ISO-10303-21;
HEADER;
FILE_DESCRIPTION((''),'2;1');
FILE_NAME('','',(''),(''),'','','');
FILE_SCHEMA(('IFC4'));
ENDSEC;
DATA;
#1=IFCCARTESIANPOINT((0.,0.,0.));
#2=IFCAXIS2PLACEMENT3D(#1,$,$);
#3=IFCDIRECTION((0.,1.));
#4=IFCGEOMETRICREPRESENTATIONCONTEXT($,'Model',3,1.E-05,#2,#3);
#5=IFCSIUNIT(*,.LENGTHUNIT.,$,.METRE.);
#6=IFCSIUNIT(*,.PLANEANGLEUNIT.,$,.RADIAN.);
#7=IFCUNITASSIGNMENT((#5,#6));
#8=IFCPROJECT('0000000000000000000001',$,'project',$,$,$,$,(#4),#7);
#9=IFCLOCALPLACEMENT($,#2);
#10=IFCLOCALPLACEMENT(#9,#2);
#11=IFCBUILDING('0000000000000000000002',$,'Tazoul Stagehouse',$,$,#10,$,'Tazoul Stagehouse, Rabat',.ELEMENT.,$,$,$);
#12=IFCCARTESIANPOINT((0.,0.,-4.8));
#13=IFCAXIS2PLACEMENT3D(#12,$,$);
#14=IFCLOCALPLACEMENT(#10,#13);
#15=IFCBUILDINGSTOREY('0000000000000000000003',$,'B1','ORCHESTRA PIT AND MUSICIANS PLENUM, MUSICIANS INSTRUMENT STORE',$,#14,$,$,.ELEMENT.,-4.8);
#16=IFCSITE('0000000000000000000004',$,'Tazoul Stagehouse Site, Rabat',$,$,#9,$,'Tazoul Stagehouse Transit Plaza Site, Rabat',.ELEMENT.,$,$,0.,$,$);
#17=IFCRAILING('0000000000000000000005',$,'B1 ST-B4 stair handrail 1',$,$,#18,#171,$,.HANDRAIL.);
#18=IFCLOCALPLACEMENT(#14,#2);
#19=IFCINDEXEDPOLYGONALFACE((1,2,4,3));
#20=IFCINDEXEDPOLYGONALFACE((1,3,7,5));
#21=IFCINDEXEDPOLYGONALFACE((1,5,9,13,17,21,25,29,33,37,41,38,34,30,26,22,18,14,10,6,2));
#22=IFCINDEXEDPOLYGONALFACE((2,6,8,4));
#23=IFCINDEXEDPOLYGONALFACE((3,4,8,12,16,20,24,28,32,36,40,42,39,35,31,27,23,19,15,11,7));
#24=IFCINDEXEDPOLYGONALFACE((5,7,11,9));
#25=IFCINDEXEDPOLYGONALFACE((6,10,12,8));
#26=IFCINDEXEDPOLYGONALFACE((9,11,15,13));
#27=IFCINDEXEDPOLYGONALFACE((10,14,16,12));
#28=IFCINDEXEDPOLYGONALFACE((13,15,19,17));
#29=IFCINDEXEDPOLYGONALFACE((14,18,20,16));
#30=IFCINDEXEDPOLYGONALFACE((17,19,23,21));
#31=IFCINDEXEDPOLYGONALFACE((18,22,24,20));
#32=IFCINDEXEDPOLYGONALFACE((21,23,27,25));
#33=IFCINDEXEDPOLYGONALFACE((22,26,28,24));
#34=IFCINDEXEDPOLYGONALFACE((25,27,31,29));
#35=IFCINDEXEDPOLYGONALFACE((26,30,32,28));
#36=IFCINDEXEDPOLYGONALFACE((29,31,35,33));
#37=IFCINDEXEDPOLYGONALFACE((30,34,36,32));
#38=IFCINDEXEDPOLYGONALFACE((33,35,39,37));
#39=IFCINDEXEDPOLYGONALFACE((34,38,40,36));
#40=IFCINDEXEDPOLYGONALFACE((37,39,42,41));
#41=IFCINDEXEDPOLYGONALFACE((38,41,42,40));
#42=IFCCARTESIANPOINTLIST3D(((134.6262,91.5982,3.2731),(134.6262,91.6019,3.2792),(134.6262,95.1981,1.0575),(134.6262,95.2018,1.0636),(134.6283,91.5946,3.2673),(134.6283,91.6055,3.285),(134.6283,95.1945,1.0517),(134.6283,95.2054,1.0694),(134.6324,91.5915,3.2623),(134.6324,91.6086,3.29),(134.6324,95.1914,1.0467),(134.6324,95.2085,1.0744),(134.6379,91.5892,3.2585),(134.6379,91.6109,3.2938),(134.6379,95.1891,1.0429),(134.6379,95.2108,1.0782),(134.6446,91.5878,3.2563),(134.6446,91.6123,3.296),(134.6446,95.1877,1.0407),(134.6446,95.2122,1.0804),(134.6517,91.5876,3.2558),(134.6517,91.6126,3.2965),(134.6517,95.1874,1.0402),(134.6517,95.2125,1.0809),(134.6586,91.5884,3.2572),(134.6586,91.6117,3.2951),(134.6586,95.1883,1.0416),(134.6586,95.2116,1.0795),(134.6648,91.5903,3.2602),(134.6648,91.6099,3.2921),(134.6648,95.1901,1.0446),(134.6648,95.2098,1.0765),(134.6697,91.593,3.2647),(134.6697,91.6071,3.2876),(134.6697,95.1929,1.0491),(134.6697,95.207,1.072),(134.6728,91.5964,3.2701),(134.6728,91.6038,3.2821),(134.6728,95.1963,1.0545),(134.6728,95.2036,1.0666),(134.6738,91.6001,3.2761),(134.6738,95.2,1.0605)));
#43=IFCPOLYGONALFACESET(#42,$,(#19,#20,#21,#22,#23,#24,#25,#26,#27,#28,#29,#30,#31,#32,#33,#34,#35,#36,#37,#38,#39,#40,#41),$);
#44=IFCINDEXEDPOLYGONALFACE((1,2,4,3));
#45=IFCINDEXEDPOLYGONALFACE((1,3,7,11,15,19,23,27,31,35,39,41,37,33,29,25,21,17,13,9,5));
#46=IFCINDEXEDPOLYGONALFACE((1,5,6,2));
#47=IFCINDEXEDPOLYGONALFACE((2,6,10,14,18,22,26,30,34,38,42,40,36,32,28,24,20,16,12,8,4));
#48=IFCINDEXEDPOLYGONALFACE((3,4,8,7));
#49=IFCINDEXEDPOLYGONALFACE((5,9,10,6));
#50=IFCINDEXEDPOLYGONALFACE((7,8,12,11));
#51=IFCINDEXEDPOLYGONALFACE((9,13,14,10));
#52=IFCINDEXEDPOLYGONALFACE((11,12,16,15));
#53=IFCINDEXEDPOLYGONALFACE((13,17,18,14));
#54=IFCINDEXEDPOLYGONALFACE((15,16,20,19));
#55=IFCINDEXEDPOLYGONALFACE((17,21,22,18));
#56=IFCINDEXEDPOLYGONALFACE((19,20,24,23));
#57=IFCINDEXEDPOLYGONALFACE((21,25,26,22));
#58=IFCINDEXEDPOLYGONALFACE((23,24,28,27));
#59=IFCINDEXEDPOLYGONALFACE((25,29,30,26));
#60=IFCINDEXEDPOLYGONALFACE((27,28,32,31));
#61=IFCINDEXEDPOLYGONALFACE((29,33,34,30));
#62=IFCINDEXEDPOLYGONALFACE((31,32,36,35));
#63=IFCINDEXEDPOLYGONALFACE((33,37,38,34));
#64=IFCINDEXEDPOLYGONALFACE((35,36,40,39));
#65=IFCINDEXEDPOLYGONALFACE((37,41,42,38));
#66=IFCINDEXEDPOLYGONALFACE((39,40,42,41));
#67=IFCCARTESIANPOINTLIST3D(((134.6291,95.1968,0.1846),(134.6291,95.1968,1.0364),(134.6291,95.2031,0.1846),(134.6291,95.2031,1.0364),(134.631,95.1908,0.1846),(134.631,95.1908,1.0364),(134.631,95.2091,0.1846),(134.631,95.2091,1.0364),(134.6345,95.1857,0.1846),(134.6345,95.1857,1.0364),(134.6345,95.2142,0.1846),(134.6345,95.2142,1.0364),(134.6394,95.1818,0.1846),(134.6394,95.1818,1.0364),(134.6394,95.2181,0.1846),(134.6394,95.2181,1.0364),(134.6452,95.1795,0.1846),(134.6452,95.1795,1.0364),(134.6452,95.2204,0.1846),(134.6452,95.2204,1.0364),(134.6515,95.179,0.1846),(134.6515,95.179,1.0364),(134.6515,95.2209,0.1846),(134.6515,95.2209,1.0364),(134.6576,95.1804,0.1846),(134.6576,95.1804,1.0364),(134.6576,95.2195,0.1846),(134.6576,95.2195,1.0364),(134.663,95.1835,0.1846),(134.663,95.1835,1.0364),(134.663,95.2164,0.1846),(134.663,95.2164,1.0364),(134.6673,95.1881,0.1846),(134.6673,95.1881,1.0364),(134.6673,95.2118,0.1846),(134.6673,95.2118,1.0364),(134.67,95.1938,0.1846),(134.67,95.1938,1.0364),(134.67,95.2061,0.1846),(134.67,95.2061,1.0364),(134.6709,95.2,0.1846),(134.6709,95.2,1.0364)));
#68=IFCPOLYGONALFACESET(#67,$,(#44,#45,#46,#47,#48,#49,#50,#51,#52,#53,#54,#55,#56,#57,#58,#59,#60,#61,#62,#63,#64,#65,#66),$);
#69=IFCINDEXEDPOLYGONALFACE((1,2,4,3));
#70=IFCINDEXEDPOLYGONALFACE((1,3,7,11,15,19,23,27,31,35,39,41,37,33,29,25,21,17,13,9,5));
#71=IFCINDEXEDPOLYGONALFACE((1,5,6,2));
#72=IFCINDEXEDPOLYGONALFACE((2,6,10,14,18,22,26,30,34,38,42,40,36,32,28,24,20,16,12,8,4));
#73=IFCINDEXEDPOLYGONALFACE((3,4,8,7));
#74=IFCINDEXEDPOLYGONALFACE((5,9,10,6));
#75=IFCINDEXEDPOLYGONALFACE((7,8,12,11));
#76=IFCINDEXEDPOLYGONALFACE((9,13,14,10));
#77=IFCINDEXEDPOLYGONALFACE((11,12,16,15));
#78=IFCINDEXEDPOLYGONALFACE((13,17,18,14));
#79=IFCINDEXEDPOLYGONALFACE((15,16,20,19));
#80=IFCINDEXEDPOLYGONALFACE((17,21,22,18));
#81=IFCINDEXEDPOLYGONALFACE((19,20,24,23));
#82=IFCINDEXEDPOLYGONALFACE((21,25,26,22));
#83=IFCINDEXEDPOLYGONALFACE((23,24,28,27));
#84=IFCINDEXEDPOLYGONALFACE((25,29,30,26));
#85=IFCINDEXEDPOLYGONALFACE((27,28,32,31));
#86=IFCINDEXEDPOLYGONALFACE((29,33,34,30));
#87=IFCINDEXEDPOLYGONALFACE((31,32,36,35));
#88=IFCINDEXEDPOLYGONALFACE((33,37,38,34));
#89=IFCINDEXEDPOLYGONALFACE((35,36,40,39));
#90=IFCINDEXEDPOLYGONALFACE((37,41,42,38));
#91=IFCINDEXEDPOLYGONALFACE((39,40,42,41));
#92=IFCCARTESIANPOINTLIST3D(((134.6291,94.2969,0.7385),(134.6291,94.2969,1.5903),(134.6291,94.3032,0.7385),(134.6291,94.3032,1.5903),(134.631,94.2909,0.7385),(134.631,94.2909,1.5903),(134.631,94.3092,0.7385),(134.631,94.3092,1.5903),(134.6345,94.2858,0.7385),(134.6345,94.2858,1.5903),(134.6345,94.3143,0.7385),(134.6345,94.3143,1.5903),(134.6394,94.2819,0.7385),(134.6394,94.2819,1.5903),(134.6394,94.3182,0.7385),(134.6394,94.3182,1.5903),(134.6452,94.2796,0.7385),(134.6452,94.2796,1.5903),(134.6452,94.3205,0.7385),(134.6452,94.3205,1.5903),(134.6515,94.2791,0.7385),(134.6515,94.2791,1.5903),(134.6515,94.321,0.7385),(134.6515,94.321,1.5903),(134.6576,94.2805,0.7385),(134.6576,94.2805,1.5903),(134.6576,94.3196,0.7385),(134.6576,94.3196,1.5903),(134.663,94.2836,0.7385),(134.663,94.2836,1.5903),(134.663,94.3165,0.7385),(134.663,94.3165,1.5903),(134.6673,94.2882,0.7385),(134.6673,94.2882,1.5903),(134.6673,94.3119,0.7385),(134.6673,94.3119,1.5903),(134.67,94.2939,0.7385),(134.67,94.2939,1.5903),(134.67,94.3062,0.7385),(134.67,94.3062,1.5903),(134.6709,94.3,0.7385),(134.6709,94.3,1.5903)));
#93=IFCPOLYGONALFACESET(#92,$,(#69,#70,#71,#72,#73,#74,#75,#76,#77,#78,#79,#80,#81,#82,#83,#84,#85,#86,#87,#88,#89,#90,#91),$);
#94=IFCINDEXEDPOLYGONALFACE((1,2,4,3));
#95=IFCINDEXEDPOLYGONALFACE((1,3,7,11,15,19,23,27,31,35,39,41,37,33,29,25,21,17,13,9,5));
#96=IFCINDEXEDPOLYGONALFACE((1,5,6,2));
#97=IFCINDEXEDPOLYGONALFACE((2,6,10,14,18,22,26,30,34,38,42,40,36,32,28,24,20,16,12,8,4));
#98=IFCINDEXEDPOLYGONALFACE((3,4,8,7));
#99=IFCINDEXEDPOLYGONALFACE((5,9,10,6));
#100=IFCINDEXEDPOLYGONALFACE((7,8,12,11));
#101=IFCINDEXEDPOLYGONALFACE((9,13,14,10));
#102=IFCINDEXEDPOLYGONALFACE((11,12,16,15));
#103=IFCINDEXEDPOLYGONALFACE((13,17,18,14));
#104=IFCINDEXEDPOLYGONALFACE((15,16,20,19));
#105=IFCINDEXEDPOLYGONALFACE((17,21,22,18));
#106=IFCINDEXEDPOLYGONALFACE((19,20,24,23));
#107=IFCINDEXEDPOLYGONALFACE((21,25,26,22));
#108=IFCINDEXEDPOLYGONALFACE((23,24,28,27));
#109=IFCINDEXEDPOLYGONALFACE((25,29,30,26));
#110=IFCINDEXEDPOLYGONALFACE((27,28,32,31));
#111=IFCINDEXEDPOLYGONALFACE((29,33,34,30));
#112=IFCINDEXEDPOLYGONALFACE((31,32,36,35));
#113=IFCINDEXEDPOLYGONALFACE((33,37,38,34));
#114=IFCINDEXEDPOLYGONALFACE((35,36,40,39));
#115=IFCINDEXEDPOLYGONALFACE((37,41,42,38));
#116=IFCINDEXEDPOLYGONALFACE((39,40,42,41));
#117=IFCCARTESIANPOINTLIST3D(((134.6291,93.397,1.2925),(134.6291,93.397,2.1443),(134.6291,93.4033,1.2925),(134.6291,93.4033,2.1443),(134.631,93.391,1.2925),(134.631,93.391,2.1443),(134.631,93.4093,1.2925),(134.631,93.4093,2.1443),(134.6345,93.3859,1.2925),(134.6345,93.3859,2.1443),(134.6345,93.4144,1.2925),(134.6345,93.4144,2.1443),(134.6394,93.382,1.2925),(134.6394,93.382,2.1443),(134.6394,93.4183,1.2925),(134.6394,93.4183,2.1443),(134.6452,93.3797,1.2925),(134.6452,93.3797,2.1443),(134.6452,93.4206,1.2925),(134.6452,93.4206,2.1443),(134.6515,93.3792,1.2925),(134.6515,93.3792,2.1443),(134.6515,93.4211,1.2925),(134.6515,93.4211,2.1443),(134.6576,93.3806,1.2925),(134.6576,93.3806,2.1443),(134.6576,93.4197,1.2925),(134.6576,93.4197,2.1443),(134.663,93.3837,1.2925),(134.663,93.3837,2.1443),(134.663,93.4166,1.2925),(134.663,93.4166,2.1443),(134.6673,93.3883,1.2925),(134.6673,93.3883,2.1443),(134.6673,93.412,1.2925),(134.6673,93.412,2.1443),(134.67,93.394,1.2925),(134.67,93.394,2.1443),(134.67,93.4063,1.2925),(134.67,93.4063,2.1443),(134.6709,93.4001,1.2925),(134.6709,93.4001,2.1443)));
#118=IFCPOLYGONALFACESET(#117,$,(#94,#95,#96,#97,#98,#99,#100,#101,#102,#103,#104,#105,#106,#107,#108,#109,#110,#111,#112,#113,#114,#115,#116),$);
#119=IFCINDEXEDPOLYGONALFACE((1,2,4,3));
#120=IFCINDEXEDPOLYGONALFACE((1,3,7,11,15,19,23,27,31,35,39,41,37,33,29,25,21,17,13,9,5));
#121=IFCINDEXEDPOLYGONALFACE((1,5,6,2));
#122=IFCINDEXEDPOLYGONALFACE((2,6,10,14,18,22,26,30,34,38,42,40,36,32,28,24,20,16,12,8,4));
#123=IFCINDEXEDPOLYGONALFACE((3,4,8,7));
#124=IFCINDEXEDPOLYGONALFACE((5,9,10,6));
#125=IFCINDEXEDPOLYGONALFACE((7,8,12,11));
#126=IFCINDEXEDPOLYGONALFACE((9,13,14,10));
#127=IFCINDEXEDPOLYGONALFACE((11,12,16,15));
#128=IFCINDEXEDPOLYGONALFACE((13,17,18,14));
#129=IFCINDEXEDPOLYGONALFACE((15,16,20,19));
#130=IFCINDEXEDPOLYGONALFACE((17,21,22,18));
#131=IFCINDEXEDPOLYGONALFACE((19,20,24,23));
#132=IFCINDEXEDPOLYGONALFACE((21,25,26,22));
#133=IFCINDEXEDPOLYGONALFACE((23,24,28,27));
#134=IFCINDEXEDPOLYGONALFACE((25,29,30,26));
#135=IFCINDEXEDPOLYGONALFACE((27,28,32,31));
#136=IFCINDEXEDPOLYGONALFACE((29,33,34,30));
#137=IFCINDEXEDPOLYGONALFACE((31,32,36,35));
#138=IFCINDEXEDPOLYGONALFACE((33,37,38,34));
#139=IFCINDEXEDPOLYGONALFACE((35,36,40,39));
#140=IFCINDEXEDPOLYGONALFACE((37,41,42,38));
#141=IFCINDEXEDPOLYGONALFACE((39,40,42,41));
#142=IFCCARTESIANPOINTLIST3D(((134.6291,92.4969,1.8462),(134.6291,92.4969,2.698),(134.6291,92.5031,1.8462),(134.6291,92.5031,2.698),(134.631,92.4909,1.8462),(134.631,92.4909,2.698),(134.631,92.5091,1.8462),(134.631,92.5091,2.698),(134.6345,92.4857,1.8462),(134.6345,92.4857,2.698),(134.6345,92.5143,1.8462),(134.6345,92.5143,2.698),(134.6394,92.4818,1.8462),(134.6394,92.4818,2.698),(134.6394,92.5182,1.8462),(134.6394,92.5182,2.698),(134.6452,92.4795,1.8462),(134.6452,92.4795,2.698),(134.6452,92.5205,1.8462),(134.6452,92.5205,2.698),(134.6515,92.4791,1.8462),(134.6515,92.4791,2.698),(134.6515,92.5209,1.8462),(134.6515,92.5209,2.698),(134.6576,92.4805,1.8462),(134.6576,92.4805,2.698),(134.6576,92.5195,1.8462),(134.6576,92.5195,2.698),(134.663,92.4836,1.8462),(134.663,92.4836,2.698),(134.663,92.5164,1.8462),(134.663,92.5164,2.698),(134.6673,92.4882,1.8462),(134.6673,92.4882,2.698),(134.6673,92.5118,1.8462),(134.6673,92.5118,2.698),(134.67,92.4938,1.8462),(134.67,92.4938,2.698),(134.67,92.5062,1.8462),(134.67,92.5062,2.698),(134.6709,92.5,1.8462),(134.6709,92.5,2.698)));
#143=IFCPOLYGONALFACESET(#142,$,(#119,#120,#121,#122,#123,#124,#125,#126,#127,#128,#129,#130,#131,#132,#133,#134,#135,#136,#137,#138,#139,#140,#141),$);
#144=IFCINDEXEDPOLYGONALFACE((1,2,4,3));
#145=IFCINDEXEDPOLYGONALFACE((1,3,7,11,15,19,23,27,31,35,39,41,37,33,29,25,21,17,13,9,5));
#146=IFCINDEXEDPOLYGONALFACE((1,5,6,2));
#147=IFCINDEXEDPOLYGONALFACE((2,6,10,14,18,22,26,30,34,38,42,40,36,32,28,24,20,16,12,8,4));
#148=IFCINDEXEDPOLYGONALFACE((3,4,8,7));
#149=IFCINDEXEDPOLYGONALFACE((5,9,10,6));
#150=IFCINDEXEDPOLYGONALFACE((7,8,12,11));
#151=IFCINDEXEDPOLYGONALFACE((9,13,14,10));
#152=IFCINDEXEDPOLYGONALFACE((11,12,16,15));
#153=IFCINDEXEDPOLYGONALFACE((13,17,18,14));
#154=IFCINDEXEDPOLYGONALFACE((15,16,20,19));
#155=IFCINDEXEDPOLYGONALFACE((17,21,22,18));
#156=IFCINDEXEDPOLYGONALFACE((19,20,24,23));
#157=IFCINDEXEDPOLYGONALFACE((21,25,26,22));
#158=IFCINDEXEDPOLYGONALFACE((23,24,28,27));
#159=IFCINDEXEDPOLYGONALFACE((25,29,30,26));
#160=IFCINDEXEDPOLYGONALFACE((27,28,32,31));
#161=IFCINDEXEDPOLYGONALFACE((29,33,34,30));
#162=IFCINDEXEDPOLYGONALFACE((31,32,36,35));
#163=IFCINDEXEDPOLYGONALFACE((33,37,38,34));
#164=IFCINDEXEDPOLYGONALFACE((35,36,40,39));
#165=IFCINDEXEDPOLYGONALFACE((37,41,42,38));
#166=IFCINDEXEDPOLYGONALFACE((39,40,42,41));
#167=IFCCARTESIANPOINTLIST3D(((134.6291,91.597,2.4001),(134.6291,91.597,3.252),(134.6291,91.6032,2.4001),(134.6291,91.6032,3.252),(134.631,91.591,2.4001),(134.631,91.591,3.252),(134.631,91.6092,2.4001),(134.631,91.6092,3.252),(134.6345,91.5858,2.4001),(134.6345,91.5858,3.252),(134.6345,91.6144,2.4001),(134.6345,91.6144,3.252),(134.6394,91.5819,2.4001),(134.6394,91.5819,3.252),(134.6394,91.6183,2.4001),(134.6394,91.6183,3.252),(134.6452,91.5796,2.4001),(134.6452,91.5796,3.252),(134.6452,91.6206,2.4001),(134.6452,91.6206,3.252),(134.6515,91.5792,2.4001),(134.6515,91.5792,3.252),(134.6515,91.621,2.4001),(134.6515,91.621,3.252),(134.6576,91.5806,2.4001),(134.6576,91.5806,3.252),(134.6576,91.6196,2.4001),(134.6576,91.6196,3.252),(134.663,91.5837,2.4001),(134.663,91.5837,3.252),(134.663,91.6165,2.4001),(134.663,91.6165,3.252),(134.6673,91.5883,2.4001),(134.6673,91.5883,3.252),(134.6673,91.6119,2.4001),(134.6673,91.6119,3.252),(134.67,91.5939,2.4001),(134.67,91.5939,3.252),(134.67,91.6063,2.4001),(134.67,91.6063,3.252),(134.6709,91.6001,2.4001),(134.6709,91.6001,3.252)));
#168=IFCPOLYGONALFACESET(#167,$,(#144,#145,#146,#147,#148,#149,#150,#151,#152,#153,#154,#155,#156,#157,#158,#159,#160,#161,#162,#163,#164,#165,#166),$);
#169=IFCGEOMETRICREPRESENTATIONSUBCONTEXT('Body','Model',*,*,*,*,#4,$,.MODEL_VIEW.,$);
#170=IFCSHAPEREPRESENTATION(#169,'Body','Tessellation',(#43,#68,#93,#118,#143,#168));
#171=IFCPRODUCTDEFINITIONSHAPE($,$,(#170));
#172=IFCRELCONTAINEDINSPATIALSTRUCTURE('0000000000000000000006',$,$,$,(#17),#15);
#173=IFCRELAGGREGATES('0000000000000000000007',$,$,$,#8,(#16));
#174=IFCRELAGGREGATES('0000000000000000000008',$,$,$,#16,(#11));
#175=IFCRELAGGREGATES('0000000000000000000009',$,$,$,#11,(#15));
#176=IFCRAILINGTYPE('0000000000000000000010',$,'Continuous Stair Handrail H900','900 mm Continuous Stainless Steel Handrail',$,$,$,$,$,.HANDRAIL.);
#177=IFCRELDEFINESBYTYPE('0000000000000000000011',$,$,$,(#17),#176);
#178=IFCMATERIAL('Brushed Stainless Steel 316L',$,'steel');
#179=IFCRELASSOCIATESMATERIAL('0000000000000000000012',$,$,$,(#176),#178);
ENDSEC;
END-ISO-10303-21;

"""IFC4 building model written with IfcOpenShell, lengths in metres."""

from ifc_helpers import new_model, si_unit, direction, frame, origin, origin_2d, place, context, subcontext, project, spatial, circle, extrude, material, material_profile, profile_set, type_object, element, save


model = new_model("IFC4")

# Units and contexts
model_context = context("Model", 3, precision=1e-05, world=origin(), true_north=direction((0.0, 1.0)))
body_context = subcontext(model_context, "Body", "Model", "MODEL_VIEW")
ifc_project = project(units=[si_unit("LENGTHUNIT", "METRE"), si_unit("PLANEANGLEUNIT", "RADIAN")], contexts=[model_context])

# Site, building, storey
site_placement = place(None, origin())
site = spatial("IfcSite", under=ifc_project, at=site_placement, Name="Tazoul Stagehouse Site, Rabat", LongName="Tazoul Stagehouse Transit Plaza Site, Rabat", CompositionType="ELEMENT", RefElevation=0.0)
building_placement = place(site_placement, origin())
building = spatial("IfcBuilding", under=site, at=building_placement, Name="Tazoul Stagehouse", LongName="Tazoul Stagehouse, Rabat", CompositionType="ELEMENT")
storey_placement = place(building_placement, frame((0.0, 0.0, -4.8)))
storey = spatial("IfcBuildingStorey", under=building, at=storey_placement, Name="B1", Description="ORCHESTRA PIT AND MUSICIANS PLENUM, MUSICIANS INSTRUMENT STORE", CompositionType="ELEMENT", Elevation=-4.8)

# Railing
ifc_material_1 = material(Name="Brushed Stainless Steel 316L", Category="steel")
ifc_material_profile_1 = material_profile(ifc_material_1, circle(Radius=0.021, at=origin_2d()), Name="SS HANDRAIL D42")
ifc_profile_set_1 = profile_set([ifc_material_profile_1], Name="Brushed Stainless Steel 316L")
railing_type_1 = type_object("IfcRailingType", Name="Continuous Stair Handrail H900", Description="900 mm Continuous Stainless Steel Handrail", PredefinedType="HANDRAIL", material=ifc_profile_set_1)
railing_1_placement = place(storey_placement, frame((134.6499, 95.2, 0.1846)))
element("IfcRailing", 1, at=railing_1_placement, inside=storey, type_object=railing_type_1, Name="B1 ST-B4 stair handrail 1", PredefinedType="HANDRAIL", context=body_context, shape_type="SweptSolid", body=[
    extrude(circle(Radius=0.0239, at=origin_2d()), frame((0.0, 0.0, 0.876), z_axis=(0.0, -0.851629, 0.524146), x_axis=(1.0, 0.0, 0.0)), (0.0, 0.0, 1.0), 4.2271),
    extrude(circle(Radius=0.021, at=origin_2d()), origin(), (0.0, 0.0, 1.0), 0.8518),
    extrude(circle(Radius=0.021, at=origin_2d()), frame((0.0, -0.8999, 0.554)), (0.0, 0.0, 1.0), 0.8518),
    extrude(circle(Radius=0.021, at=origin_2d()), frame((0.0, -1.7998, 1.1079)), (0.0, 0.0, 1.0), 0.8518),
    extrude(circle(Radius=0.021, at=origin_2d()), frame((0.0, -2.7, 1.6616)), (0.0, 0.0, 1.0), 0.8518),
    extrude(circle(Radius=0.021, at=origin_2d()), frame((0.0, -3.5999, 2.2156)), (0.0, 0.0, 1.0), 0.8518),
])

save(model, "model.ifc")
